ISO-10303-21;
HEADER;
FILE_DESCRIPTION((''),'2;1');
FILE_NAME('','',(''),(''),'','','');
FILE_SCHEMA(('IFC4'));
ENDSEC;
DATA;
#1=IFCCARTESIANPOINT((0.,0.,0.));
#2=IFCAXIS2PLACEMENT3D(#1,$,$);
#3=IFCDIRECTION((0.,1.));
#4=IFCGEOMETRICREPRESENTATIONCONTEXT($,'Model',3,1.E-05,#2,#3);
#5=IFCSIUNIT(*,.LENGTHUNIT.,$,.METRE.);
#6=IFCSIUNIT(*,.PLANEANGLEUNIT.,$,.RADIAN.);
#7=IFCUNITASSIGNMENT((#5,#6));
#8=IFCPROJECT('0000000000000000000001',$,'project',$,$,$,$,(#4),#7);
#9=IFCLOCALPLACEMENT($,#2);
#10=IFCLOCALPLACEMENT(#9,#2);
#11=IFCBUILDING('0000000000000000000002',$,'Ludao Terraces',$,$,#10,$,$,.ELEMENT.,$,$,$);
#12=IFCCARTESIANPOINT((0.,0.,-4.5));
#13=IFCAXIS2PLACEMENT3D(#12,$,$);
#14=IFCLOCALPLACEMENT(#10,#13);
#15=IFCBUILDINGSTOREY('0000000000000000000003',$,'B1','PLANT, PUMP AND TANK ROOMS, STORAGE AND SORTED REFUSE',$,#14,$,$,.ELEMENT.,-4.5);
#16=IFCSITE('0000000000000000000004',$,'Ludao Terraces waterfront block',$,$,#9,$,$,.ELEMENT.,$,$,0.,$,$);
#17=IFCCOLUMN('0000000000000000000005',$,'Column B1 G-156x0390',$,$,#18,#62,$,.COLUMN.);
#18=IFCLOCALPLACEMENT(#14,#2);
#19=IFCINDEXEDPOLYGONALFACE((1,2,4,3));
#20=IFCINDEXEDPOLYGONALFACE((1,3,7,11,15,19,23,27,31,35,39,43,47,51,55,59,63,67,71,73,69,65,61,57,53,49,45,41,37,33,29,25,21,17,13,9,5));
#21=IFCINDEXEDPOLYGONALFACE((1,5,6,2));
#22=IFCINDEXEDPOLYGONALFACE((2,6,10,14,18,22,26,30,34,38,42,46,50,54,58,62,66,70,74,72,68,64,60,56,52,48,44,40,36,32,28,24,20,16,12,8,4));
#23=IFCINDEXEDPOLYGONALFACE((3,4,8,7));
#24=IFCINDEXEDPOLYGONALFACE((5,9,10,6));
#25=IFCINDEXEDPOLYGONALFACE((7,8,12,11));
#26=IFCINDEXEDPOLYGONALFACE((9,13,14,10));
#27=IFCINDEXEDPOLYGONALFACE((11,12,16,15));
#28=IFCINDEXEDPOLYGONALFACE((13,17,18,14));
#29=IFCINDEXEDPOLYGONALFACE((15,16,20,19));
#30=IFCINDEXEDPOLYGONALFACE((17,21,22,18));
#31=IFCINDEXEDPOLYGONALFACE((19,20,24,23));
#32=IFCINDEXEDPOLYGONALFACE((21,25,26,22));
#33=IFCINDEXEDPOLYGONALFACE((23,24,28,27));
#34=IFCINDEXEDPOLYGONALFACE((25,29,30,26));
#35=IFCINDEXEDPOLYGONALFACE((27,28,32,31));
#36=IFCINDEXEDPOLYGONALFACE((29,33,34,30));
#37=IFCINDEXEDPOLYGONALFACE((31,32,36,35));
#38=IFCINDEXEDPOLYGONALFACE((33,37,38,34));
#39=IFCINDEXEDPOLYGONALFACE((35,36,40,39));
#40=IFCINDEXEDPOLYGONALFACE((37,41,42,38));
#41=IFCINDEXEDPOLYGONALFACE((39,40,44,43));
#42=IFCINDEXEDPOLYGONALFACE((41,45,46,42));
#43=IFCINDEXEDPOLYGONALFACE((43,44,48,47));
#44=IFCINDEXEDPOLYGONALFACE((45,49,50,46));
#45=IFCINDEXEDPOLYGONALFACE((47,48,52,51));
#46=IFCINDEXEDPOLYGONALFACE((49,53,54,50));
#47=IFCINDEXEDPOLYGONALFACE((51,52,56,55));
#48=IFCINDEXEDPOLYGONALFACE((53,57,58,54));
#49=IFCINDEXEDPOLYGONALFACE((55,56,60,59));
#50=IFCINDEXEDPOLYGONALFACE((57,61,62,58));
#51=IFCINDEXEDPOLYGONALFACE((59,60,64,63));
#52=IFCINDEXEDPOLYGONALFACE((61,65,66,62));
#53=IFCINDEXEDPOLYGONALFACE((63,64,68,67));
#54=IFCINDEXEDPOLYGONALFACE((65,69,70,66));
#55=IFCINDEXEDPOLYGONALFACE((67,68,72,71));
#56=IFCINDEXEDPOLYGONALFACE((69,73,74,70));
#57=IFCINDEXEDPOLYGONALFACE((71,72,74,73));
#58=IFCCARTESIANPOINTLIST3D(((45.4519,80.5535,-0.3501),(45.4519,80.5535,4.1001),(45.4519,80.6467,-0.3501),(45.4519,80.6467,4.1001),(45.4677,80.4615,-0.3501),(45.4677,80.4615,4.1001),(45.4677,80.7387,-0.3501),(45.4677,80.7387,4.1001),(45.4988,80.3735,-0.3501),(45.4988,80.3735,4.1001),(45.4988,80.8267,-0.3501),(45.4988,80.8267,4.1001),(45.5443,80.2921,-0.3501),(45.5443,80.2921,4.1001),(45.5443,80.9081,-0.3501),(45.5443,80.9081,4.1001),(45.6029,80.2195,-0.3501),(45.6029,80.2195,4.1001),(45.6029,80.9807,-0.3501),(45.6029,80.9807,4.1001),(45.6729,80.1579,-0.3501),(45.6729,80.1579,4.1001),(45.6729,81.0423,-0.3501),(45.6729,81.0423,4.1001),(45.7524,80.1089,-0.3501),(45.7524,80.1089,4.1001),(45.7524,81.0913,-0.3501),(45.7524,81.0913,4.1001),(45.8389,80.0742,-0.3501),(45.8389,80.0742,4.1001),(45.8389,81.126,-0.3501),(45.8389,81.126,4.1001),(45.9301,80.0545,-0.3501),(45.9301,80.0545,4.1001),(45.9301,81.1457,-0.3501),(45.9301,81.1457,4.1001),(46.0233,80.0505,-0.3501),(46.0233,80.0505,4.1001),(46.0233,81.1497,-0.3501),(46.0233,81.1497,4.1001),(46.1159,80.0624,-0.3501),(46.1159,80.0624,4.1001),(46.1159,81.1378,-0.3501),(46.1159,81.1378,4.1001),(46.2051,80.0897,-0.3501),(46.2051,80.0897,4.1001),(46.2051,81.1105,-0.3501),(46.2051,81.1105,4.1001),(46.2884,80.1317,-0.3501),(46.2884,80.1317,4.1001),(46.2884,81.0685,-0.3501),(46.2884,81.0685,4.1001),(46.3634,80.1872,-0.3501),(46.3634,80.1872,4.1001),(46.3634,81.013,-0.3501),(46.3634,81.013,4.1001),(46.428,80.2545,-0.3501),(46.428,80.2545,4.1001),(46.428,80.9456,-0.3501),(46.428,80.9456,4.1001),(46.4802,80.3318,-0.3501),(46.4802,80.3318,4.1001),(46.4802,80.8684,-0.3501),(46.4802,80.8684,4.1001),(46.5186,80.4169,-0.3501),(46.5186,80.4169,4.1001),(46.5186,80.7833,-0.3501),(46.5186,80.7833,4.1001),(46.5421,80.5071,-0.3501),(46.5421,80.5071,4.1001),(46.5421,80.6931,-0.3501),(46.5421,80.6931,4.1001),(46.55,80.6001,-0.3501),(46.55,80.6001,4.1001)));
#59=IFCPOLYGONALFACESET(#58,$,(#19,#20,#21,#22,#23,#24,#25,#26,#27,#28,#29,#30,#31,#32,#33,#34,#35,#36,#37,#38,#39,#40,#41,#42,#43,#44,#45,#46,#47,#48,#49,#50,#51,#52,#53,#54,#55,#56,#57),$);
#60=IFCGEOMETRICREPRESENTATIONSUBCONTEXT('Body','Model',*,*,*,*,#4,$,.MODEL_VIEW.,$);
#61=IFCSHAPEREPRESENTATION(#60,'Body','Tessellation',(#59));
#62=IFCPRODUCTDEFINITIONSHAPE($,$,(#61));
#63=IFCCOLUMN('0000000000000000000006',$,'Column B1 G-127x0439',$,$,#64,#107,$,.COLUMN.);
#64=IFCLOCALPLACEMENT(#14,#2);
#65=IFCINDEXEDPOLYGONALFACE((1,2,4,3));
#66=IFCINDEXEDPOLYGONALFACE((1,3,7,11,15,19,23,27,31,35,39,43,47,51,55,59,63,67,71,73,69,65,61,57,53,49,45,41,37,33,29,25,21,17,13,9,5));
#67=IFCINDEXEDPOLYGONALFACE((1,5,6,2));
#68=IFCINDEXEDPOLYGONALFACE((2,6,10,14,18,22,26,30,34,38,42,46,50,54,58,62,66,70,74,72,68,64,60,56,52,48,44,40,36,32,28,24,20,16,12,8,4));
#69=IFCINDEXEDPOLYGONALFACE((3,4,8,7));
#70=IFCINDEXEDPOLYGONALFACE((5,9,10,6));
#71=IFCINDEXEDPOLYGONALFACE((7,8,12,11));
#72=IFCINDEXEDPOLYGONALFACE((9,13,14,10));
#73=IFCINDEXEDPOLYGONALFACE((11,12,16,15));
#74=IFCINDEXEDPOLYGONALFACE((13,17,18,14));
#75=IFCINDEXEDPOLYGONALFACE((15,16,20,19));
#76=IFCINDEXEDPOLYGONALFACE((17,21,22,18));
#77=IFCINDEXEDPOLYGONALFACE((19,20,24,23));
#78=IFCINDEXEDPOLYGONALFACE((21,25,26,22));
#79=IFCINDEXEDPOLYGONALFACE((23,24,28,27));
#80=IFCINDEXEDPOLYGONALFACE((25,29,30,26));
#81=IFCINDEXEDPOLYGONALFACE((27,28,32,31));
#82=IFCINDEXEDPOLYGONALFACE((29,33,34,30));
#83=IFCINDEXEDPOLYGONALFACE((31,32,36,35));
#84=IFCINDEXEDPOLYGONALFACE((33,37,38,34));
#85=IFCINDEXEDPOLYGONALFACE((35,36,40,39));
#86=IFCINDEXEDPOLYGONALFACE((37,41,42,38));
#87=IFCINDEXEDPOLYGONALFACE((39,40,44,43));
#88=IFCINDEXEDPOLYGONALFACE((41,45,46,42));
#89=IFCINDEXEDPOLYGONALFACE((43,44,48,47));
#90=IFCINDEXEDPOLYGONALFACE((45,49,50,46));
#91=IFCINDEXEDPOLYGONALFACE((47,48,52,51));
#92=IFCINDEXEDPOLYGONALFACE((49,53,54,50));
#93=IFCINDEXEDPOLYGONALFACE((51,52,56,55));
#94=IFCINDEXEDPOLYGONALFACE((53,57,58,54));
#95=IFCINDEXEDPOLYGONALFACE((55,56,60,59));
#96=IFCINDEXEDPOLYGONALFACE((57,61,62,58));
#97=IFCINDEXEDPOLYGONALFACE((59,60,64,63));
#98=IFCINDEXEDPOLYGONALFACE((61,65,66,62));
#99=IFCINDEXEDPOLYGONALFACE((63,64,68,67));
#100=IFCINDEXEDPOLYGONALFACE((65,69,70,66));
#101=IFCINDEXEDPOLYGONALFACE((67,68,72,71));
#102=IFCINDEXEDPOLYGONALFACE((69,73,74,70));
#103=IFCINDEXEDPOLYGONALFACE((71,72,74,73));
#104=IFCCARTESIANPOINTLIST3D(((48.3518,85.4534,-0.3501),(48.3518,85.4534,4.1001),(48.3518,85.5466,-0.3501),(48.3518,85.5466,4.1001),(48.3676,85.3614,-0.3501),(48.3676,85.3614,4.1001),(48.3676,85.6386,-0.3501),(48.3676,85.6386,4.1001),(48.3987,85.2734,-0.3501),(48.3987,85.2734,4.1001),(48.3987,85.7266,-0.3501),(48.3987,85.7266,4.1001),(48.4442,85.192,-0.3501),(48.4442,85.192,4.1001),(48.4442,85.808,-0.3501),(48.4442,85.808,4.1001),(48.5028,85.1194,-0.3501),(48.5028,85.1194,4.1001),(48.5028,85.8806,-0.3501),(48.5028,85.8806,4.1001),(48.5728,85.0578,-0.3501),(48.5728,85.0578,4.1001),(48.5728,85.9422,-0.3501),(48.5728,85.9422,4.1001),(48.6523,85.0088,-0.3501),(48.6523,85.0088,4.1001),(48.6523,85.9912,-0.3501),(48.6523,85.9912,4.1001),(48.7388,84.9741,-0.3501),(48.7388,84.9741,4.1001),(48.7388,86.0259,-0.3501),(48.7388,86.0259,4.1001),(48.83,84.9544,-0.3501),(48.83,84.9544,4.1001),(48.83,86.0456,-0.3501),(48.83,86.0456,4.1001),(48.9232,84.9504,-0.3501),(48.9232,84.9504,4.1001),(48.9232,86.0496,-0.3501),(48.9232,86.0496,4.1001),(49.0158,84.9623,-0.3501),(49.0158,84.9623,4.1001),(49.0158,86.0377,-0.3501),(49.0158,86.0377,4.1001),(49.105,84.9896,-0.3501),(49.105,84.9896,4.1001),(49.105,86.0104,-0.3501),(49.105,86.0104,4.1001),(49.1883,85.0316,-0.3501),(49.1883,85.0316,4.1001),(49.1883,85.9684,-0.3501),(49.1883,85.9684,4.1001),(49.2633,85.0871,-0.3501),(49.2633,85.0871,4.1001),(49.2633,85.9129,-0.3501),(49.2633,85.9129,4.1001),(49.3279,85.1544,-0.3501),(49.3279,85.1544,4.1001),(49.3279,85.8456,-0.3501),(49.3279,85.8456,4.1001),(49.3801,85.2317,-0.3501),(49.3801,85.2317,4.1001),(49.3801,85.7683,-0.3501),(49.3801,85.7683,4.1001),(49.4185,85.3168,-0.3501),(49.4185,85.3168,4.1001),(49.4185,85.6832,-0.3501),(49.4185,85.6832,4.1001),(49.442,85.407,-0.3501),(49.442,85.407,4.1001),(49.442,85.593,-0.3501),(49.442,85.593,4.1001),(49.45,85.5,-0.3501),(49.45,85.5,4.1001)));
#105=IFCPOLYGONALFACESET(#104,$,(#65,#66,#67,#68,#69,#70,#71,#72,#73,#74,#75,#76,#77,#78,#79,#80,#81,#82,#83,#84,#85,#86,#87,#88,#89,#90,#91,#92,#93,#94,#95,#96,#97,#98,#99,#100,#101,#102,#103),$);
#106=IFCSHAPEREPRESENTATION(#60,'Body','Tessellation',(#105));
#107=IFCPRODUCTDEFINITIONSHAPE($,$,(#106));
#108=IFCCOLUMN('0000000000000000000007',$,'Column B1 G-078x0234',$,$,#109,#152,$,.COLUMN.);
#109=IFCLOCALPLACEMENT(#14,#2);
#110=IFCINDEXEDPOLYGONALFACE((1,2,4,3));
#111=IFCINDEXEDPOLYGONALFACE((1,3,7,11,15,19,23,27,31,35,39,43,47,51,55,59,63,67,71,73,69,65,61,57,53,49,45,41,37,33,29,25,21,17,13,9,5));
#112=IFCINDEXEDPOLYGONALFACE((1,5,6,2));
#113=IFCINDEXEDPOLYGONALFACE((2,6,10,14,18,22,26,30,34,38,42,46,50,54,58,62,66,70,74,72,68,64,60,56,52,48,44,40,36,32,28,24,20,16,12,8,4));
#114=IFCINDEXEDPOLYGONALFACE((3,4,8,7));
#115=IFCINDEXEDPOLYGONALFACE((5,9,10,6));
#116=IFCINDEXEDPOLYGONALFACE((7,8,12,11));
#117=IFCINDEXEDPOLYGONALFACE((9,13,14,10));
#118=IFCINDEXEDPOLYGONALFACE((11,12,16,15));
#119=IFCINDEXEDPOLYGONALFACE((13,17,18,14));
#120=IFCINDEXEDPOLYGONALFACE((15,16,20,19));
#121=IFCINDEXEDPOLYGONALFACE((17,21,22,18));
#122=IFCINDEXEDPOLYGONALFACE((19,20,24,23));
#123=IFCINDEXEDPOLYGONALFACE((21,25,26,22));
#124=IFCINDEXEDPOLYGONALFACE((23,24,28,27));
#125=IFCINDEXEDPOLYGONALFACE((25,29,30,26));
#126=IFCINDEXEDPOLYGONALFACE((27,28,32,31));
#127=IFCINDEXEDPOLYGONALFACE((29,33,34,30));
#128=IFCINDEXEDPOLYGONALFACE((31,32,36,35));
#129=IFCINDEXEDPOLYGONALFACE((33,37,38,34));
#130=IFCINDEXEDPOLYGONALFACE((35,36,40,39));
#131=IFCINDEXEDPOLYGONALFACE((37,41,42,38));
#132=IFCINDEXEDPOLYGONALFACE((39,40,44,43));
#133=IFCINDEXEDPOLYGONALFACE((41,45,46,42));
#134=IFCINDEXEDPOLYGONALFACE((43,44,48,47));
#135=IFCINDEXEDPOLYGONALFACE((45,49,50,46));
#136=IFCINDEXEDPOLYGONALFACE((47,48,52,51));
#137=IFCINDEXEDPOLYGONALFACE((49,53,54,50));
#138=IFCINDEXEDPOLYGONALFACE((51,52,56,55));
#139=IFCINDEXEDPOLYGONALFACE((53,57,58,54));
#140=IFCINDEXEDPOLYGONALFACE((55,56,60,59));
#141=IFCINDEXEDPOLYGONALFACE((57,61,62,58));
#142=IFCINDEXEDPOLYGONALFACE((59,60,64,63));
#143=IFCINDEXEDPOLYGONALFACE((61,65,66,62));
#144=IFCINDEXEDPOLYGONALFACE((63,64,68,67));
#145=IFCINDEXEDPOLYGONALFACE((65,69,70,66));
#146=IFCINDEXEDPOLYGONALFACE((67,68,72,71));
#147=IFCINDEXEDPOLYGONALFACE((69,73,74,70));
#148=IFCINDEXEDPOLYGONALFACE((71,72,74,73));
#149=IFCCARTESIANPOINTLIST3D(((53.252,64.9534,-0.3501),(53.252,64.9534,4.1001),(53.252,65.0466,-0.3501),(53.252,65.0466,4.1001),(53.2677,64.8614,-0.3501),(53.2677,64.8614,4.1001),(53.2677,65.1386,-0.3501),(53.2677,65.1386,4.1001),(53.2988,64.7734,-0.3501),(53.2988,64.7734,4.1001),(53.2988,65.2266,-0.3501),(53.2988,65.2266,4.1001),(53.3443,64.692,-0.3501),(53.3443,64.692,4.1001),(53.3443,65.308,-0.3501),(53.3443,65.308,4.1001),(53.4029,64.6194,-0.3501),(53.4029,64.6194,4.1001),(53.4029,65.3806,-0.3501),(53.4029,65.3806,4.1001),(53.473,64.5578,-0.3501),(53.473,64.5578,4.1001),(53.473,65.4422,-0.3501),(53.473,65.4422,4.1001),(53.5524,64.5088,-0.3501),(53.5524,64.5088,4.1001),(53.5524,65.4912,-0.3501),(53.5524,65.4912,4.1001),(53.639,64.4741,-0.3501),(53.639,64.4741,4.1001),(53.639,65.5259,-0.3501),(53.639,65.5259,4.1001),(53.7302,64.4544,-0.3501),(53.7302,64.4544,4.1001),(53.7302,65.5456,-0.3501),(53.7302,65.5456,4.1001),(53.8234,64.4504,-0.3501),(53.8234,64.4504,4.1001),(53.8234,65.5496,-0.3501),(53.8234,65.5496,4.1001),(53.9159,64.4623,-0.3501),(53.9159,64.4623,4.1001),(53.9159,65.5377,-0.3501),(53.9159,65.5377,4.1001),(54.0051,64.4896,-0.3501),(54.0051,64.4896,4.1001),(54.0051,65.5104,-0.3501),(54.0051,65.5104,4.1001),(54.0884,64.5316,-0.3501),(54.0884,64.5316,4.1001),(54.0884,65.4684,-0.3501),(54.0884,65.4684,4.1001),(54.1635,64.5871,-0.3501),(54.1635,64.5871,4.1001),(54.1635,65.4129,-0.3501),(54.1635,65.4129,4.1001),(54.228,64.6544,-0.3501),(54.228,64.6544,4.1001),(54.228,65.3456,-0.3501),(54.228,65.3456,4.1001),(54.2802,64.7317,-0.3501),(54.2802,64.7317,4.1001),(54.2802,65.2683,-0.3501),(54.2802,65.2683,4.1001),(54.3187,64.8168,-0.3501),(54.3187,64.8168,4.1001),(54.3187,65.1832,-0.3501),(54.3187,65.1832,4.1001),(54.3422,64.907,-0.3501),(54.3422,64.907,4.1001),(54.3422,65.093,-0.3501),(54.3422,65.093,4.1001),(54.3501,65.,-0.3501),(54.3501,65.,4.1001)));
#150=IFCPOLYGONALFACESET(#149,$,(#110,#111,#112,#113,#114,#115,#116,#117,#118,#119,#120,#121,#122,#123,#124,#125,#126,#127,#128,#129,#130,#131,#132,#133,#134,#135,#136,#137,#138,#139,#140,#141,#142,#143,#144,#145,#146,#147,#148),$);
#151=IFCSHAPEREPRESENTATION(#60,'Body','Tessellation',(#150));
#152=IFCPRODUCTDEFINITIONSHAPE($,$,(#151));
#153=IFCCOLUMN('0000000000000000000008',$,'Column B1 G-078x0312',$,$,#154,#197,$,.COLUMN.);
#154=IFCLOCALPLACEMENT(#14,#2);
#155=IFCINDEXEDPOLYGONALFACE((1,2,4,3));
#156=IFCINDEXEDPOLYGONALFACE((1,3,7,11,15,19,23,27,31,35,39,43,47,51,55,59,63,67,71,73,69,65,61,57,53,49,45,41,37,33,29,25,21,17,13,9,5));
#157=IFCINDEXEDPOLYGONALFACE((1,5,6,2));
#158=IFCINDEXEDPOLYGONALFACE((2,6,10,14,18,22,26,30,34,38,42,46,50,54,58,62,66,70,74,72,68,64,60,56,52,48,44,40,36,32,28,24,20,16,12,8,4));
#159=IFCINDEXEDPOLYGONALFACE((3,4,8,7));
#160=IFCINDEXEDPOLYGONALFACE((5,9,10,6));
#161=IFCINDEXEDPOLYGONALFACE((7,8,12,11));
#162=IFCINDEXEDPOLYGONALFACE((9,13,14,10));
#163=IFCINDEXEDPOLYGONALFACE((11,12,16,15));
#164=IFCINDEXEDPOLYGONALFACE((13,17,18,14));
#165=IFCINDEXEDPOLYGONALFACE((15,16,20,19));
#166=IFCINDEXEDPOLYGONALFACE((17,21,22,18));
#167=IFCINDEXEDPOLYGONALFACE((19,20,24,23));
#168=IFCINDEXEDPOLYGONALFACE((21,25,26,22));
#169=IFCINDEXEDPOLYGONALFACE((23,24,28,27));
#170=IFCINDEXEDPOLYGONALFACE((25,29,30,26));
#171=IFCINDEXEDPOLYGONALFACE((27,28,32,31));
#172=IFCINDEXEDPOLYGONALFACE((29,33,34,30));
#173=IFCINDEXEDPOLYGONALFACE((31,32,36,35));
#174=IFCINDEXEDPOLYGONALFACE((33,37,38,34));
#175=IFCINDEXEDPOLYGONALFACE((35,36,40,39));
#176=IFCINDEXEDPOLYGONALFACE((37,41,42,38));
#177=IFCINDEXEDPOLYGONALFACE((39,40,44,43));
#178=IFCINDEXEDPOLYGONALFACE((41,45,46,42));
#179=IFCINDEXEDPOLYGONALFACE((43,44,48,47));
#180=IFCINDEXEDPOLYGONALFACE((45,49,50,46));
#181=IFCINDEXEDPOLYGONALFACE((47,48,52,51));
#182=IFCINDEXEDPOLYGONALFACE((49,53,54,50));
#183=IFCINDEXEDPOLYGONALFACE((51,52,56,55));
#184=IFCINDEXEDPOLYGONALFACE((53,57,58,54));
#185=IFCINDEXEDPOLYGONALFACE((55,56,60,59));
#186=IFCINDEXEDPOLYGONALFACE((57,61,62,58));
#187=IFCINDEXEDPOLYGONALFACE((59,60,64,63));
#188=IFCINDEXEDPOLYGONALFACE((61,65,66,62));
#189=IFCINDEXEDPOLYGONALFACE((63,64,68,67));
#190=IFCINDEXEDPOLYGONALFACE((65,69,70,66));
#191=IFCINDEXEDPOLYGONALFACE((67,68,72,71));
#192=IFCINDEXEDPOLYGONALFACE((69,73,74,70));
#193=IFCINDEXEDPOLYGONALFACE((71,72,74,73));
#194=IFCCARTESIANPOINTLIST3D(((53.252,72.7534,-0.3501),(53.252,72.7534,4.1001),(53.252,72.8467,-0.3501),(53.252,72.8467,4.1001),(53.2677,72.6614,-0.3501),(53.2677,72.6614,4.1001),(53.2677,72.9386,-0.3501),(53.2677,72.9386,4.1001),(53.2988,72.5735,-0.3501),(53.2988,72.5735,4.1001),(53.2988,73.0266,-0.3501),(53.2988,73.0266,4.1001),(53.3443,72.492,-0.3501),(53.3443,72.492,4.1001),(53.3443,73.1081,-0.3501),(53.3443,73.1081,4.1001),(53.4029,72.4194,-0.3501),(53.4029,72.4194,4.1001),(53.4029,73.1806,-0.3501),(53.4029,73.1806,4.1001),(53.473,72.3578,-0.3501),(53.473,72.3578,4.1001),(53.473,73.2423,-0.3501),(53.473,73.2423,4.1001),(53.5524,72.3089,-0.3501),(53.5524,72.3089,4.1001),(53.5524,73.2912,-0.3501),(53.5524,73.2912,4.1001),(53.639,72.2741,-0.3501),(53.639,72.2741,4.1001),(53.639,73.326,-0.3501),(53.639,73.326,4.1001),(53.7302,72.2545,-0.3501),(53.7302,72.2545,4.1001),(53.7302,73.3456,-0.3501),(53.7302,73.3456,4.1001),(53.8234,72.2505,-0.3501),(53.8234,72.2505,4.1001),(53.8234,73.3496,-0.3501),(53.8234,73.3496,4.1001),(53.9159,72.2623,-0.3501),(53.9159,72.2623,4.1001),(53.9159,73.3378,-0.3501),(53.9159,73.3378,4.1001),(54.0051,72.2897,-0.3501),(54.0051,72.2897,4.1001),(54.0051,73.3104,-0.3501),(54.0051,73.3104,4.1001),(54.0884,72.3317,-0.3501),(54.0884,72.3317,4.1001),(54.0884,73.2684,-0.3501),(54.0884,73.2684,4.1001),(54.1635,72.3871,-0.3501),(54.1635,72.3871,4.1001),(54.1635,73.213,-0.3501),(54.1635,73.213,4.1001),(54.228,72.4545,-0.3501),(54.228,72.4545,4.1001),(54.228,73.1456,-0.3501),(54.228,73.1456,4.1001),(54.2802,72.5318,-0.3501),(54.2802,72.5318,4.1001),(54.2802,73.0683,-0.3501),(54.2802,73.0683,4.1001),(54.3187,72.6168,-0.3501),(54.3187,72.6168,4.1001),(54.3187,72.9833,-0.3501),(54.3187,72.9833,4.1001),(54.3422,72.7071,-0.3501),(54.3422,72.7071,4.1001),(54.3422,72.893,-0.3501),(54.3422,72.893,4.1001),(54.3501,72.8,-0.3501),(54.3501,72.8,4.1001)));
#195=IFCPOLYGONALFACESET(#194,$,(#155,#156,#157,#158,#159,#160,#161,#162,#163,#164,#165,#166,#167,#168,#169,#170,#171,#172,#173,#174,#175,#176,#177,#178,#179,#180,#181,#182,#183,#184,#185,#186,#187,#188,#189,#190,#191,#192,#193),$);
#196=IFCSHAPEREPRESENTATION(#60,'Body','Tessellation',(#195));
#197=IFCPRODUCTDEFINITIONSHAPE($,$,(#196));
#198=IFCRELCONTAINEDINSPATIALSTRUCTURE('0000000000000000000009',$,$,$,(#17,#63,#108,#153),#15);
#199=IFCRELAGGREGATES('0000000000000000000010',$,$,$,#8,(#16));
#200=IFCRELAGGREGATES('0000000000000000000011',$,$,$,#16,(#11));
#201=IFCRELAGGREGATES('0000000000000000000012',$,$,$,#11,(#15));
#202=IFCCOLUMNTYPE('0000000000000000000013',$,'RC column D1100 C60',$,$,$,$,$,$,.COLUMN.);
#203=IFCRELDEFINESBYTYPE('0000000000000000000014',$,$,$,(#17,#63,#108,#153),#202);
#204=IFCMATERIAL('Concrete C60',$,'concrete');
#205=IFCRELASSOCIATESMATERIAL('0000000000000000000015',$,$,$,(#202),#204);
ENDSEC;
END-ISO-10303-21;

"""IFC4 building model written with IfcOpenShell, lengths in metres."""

from ifc_helpers import new_model, si_unit, direction, frame, origin, origin_2d, place, context, subcontext, project, spatial, circle, extrude, material, material_profile, profile_set, type_object, element, save


model = new_model("IFC4")

# Units and contexts
model_context = context("Model", 3, precision=1e-05, world=origin(), true_north=direction((0.0, 1.0)))
body_context = subcontext(model_context, "Body", "Model", "MODEL_VIEW")
ifc_project = project(units=[si_unit("LENGTHUNIT", "METRE"), si_unit("PLANEANGLEUNIT", "RADIAN")], contexts=[model_context])

# Site, building, storey
site_placement = place(None, origin())
site = spatial("IfcSite", under=ifc_project, at=site_placement, Name="Ludao Terraces waterfront block", CompositionType="ELEMENT", RefElevation=0.0)
building_placement = place(site_placement, origin())
building = spatial("IfcBuilding", under=site, at=building_placement, Name="Ludao Terraces", CompositionType="ELEMENT")
storey_placement = place(building_placement, frame((0.0, 0.0, -4.5)))
storey = spatial("IfcBuildingStorey", under=building, at=storey_placement, Name="B1", Description="PLANT, PUMP AND TANK ROOMS, STORAGE AND SORTED REFUSE", CompositionType="ELEMENT", Elevation=-4.5)

# Columns
ifc_material_1 = material(Name="Concrete C60", Category="concrete")
ifc_material_profile_1 = material_profile(ifc_material_1, circle(Radius=0.55, at=origin_2d()), Name="D1100")
ifc_profile_set_1 = profile_set([ifc_material_profile_1], Name="Concrete C60")
column_type_1 = type_object("IfcColumnType", Name="RC column D1100 C60", PredefinedType="COLUMN", material=ifc_profile_set_1)
for number, where, z_axis, x_axis, name in (
    (1, (46.0, 80.6001, -0.3501), (0.0, 0.0, 1.0), (1.0, 0.0, 0.0), "Column B1 G-156x0390"),
    (2, (48.8999, 85.5, -0.3501), (0.0, 0.0, 1.0), (1.0, 0.0, 0.0), "Column B1 G-127x0439"),
    (3, (53.8, 65.0, -0.3501), (0.0, 0.0, 1.0), (1.0, 0.0, 0.0), "Column B1 G-078x0234"),
    (4, (53.8, 72.8, -0.3501), (0.0, 0.0, 1.0), (1.0, 0.0, 0.0), "Column B1 G-078x0312"),
):
    element("IfcColumn", number, at=place(storey_placement, frame(where, z_axis=z_axis, x_axis=x_axis)), inside=storey, type_object=column_type_1, Name=name, PredefinedType="COLUMN", context=body_context, shape_type="SweptSolid", body=[
        extrude(circle(Radius=0.55, at=origin_2d()), origin(), (0.0, 0.0, 1.0), 4.4502),
    ])

save(model, "model.ifc")
